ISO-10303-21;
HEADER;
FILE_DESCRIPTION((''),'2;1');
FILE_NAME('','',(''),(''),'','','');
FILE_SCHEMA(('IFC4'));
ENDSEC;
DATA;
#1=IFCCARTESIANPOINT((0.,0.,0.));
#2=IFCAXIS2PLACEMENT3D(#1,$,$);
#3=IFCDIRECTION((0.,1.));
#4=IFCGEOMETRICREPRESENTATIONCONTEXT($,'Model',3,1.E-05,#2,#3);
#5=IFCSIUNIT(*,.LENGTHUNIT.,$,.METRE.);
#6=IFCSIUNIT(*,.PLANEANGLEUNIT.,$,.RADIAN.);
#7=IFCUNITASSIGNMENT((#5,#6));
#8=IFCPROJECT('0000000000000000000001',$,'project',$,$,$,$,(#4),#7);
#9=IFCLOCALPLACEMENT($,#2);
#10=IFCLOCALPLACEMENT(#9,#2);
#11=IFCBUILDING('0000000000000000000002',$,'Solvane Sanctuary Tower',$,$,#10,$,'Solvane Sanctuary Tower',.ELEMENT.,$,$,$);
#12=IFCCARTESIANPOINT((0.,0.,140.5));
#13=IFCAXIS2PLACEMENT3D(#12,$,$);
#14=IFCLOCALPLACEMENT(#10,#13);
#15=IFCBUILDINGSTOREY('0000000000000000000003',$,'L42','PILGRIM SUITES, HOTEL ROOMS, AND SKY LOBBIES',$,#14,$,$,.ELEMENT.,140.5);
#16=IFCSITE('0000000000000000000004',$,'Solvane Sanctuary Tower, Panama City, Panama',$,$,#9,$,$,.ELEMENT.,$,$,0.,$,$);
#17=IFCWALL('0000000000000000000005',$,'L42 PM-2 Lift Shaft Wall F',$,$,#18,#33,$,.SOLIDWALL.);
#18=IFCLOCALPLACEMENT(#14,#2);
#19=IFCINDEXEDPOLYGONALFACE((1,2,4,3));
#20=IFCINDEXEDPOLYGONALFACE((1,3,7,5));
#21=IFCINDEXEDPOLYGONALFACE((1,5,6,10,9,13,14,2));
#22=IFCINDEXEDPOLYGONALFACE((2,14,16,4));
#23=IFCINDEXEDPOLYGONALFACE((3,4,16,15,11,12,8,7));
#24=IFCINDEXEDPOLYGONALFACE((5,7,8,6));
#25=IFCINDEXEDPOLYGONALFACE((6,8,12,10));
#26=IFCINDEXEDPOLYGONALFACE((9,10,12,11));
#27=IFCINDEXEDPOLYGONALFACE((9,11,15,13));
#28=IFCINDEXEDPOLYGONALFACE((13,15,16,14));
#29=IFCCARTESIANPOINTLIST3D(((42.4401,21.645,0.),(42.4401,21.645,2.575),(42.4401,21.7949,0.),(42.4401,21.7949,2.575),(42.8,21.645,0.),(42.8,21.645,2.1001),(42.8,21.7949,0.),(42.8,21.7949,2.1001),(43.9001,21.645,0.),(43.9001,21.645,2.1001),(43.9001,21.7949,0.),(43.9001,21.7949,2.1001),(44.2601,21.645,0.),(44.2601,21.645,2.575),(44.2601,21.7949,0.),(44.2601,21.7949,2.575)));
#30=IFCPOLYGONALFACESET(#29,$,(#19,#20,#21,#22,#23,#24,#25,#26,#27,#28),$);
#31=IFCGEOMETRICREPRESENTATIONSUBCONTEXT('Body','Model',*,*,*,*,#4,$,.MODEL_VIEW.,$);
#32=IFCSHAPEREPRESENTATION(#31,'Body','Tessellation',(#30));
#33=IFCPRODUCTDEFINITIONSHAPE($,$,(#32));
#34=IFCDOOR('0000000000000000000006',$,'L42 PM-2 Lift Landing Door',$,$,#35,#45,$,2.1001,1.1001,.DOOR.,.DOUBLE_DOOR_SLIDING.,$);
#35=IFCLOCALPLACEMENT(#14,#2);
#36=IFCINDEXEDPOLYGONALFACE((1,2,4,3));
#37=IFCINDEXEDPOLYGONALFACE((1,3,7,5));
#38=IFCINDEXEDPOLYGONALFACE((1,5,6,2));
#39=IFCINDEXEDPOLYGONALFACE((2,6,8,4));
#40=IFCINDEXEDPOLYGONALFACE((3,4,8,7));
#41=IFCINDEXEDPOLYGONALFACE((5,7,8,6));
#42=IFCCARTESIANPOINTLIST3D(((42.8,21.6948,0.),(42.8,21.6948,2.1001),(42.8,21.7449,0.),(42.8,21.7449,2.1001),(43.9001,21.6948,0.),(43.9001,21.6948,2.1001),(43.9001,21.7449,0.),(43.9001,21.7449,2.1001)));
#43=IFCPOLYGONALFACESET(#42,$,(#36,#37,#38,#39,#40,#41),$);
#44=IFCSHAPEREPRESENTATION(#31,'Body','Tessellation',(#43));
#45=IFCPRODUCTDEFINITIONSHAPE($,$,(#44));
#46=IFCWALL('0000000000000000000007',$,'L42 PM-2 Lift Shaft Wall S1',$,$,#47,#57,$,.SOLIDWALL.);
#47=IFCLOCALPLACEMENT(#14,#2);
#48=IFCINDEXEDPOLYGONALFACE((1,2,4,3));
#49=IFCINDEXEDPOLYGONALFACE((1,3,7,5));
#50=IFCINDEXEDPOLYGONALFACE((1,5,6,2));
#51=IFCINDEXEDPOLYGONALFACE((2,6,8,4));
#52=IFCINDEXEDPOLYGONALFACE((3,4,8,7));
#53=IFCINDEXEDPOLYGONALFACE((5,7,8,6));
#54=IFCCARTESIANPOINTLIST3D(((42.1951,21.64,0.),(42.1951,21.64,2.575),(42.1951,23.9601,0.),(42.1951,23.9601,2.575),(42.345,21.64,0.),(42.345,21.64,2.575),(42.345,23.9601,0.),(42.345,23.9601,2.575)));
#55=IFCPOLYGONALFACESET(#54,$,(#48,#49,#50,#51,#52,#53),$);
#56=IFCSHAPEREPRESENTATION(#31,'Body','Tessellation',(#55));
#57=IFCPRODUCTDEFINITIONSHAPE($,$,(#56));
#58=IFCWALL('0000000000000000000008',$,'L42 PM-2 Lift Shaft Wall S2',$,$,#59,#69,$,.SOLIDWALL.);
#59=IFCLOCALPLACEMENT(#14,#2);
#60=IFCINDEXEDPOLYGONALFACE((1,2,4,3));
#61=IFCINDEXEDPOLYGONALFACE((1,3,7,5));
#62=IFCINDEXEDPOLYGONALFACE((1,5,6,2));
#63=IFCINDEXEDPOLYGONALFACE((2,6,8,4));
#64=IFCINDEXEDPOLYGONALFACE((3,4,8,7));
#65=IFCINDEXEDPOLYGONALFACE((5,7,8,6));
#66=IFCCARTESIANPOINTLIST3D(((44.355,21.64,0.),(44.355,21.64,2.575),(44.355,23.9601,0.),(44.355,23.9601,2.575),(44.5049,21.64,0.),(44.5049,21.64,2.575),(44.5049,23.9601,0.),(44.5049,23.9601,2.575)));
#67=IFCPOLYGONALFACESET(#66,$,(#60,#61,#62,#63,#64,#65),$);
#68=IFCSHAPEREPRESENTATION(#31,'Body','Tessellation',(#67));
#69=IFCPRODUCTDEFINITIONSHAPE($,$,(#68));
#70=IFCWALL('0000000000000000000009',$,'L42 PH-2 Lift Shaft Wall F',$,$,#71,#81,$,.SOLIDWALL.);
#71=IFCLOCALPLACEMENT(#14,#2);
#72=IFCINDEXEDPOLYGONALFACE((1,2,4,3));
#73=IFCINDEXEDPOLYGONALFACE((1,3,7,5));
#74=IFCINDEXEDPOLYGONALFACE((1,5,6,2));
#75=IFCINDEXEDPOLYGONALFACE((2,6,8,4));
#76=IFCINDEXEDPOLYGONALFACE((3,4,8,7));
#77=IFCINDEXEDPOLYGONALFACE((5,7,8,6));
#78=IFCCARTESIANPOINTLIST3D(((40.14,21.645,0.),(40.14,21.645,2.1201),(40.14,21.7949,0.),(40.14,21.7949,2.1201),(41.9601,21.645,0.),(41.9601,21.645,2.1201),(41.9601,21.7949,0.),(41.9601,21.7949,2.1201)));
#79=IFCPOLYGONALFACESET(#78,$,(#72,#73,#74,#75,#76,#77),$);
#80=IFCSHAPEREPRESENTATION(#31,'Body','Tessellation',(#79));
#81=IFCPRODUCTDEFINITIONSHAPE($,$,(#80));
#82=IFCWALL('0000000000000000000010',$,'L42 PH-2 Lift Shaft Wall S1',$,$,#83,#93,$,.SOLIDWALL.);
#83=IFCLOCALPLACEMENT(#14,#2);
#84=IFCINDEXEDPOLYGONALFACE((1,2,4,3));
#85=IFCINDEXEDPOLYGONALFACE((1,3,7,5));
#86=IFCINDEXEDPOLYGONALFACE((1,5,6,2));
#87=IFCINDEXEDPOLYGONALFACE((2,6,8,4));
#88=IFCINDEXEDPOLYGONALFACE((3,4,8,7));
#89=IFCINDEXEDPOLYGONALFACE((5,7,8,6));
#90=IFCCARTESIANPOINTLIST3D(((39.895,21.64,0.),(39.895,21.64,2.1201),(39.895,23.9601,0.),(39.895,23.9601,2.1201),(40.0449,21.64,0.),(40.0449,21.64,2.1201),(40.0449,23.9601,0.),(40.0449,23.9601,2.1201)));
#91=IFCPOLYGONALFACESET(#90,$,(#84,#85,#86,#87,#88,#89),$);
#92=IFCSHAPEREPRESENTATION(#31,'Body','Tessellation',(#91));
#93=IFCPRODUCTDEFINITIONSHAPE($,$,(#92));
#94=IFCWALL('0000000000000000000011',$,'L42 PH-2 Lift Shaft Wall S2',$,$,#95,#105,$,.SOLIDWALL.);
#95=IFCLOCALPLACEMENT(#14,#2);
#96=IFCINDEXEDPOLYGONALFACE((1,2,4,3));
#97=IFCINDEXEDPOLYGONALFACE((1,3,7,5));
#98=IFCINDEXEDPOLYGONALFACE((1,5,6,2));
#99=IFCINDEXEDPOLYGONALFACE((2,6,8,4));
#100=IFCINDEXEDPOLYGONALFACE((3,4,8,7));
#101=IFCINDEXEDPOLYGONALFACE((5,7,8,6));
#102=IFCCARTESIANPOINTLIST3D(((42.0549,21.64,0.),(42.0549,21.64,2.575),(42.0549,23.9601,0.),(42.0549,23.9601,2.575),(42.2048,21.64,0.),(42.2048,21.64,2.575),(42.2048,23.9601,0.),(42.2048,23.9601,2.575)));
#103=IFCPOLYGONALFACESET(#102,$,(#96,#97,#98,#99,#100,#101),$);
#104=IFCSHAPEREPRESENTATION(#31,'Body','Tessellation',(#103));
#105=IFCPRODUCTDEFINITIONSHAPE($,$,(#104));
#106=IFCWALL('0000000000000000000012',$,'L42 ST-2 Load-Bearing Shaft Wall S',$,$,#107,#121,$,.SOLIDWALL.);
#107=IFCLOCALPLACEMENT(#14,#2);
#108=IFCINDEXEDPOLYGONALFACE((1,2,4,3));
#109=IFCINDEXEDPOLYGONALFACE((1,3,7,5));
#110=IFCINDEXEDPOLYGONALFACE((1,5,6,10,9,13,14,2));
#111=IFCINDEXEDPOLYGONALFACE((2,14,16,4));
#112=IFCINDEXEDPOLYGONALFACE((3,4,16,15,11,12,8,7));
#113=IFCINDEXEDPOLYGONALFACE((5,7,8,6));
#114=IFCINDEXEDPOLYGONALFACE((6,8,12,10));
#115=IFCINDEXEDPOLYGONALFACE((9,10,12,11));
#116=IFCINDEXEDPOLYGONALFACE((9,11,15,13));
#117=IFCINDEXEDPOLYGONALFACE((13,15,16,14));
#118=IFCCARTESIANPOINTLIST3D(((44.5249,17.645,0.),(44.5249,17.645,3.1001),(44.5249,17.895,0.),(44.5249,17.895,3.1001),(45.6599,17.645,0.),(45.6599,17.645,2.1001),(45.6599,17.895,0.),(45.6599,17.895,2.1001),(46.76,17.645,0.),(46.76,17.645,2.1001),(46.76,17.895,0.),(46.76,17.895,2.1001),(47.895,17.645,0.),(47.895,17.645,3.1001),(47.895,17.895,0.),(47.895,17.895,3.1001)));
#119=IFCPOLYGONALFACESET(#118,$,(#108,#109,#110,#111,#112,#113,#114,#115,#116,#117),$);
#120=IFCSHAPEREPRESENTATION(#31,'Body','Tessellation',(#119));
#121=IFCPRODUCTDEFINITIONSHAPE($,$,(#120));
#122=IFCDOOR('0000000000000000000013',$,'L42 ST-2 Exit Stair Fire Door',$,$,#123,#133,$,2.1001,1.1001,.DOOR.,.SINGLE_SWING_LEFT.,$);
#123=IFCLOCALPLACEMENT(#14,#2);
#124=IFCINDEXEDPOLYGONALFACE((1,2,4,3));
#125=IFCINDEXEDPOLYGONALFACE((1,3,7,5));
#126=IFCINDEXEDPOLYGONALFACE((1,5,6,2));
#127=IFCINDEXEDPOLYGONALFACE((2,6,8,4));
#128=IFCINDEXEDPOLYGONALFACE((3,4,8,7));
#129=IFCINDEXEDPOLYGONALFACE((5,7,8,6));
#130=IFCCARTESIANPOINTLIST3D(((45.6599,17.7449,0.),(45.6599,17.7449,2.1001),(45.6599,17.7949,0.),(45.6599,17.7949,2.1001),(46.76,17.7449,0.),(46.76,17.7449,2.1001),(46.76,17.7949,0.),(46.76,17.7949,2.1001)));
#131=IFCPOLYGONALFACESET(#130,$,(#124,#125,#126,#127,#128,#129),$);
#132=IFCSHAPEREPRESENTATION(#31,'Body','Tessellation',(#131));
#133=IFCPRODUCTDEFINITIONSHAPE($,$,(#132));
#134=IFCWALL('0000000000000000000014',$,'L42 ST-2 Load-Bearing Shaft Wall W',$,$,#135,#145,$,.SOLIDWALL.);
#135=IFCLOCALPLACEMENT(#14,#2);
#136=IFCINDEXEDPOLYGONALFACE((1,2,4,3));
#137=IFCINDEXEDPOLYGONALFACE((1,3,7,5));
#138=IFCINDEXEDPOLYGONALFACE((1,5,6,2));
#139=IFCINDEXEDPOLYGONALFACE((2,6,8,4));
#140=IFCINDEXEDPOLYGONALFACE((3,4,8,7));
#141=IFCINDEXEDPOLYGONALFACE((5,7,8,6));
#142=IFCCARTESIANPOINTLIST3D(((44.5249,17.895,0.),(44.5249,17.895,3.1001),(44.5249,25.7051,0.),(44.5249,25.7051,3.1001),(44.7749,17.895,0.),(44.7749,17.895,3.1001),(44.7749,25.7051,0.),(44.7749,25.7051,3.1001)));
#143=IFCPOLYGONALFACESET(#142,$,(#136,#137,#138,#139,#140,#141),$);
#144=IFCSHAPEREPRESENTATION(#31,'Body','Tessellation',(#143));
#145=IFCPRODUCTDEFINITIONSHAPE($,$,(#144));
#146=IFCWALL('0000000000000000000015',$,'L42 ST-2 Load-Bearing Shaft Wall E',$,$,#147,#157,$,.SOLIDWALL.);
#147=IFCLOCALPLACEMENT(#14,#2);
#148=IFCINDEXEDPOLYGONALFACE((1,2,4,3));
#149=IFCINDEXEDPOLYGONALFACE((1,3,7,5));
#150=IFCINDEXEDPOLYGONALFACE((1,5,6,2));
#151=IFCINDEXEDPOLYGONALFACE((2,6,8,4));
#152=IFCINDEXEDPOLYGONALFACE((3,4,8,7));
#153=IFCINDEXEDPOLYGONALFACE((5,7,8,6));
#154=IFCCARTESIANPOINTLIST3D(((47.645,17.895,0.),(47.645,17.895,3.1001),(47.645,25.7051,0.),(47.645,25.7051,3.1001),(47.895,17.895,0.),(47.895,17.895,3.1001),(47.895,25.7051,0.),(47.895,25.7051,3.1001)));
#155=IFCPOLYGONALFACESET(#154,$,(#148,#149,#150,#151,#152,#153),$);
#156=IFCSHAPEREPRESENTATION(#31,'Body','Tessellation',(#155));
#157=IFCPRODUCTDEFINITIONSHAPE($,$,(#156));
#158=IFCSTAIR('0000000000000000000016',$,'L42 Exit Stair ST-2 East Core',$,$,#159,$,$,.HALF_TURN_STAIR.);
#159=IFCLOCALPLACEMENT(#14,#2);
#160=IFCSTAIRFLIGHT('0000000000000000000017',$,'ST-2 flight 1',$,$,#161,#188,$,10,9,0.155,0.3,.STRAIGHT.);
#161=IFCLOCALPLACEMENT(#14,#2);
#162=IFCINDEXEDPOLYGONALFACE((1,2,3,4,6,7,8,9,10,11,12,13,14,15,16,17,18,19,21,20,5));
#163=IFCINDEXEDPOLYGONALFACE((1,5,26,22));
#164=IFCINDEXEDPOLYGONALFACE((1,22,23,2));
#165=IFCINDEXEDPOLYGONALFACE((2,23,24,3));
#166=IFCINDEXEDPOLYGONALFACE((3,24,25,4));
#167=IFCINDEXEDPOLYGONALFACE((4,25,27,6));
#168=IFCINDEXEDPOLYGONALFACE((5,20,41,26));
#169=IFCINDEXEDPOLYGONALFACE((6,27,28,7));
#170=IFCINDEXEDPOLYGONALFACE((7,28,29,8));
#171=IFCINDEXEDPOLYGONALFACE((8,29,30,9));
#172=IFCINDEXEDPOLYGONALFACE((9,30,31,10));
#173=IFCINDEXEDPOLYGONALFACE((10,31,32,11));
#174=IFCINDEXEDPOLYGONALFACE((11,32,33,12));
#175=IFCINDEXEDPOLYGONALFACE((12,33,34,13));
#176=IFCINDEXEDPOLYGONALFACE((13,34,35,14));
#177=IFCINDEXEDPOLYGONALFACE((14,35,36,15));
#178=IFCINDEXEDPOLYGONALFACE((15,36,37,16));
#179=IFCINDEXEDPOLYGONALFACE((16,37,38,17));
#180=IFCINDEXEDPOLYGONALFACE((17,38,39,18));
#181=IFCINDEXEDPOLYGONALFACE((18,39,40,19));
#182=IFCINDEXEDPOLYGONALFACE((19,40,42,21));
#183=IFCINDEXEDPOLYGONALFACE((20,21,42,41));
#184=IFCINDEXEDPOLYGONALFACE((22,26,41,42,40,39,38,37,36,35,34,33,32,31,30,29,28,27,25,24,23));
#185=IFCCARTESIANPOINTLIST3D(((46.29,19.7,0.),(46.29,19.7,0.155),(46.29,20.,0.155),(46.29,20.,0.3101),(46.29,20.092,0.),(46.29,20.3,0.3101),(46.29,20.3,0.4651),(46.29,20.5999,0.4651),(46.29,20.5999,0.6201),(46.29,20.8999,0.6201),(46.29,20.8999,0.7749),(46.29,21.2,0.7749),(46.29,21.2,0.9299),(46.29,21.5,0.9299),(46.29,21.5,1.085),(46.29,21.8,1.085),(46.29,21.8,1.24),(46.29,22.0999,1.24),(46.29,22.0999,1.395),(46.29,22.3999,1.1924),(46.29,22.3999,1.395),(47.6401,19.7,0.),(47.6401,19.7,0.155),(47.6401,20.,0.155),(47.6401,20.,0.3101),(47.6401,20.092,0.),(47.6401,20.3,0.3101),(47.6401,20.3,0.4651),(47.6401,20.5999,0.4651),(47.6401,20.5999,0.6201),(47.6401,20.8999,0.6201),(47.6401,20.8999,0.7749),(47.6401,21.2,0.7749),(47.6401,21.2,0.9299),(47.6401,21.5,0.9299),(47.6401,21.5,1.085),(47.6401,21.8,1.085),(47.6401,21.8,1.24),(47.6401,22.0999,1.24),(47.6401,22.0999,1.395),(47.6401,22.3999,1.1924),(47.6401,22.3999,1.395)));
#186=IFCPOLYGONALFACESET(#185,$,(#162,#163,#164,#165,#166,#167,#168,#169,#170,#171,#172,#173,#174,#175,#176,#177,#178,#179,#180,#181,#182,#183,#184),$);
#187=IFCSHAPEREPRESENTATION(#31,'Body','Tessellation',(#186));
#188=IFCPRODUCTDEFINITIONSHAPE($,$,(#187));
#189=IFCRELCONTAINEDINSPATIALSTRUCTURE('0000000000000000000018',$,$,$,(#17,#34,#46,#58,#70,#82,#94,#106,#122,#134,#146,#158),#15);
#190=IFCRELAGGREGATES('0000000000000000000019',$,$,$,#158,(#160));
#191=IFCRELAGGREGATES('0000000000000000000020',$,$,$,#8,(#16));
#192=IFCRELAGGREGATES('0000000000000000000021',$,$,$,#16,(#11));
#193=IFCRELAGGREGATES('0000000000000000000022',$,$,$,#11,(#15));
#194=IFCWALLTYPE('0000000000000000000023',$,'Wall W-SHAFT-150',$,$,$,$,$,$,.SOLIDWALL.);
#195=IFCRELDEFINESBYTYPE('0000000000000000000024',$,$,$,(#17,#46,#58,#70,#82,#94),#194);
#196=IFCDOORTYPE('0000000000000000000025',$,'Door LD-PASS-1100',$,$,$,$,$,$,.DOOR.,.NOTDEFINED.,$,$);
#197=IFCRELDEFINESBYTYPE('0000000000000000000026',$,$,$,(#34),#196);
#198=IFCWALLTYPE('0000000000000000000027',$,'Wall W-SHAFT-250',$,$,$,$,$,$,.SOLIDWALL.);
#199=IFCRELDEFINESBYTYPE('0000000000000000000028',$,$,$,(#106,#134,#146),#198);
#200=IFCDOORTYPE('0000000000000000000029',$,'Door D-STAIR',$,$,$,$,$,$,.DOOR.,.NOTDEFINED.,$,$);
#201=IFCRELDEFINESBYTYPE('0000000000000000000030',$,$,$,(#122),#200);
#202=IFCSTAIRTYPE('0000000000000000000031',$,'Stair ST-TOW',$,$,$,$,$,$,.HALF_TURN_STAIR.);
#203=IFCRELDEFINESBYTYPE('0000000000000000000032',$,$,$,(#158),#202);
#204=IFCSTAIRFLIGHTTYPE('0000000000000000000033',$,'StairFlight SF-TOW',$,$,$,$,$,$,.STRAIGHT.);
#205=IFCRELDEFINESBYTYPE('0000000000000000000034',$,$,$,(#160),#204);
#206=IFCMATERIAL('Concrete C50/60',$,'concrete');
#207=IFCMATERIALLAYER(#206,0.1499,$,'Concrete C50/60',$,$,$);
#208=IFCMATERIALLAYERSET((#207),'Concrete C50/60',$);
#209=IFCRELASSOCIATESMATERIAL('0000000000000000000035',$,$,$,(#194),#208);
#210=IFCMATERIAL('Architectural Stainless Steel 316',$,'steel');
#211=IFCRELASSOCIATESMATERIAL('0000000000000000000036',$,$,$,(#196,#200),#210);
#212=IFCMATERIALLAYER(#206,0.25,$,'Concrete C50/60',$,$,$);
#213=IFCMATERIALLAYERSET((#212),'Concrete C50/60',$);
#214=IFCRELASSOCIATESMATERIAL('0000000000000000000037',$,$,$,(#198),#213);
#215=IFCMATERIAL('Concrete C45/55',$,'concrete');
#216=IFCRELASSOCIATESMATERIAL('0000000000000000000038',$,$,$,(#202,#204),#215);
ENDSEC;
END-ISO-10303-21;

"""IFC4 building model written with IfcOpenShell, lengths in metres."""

from ifc_helpers import new_model, si_unit, direction, frame, frame_2d, origin, place, context, subcontext, project, spatial, polyline, rectangle, outline, extrude, material, layer, layer_set, type_object, element, fill, aggregate, save


model = new_model("IFC4")

# Units and contexts
model_context = context("Model", 3, precision=1e-05, world=origin(), true_north=direction((0.0, 1.0)))
body_context = subcontext(model_context, "Body", "Model", "MODEL_VIEW")
ifc_project = project(units=[si_unit("LENGTHUNIT", "METRE"), si_unit("PLANEANGLEUNIT", "RADIAN")], contexts=[model_context])

# Site, building, storey
site_placement = place(None, origin())
site = spatial("IfcSite", under=ifc_project, at=site_placement, Name="Solvane Sanctuary Tower, Panama City, Panama", CompositionType="ELEMENT", RefElevation=0.0)
building_placement = place(site_placement, origin())
building = spatial("IfcBuilding", under=site, at=building_placement, Name="Solvane Sanctuary Tower", LongName="Solvane Sanctuary Tower", CompositionType="ELEMENT")
storey_placement = place(building_placement, frame((0.0, 0.0, 140.5)))
storey = spatial("IfcBuildingStorey", under=building, at=storey_placement, Name="L42", Description="PILGRIM SUITES, HOTEL ROOMS, AND SKY LOBBIES", CompositionType="ELEMENT", Elevation=140.5)

# Shared definitions
ifc_material_1 = material(Name="Architectural Stainless Steel 316", Category="steel")

# Wall, opening, door
ifc_material_2 = material(Name="Concrete C50/60", Category="concrete")
ifc_layer_1 = layer(ifc_material_2, 0.1499, Name="Concrete C50/60")
ifc_layer_set_1 = layer_set([ifc_layer_1], Name="Concrete C50/60")
wall_type_1 = type_object("IfcWallType", Name="Wall W-SHAFT-150", PredefinedType="SOLIDWALL", material=ifc_layer_set_1)
wall_1_placement = place(storey_placement, frame((42.4399, 21.72, 0.0), z_axis=(0.0, 0.0, 1.0), x_axis=(1.0, 0.0, 0.0)))
wall_1 = element("IfcWall", 1, at=wall_1_placement, inside=storey, type_object=wall_type_1, Name="L42 PM-2 Lift Shaft Wall F", PredefinedType="SOLIDWALL", context=body_context, shape_type="SweptSolid", body=[
    extrude(rectangle(XDim=1.8201, YDim=0.1499, at=frame_2d((0.9102, 0.0))), origin(), (0.0, 0.0, 1.0), 2.575),
])
opening_1_placement = place(wall_1_placement, frame((0.3601, 0.0, 0.0)))
opening_1 = element("IfcOpeningElement", 2, at=opening_1_placement, cuts=wall_1, PredefinedType="OPENING", context=body_context, shape_type="SweptSolid", body=[
    extrude(rectangle(XDim=1.1001, YDim=2.1001, at=frame_2d((0.55, 1.05))), frame((0.0, 0.085, 0.0), z_axis=(0.0, -1.0, 0.0), x_axis=(1.0, 0.0, 0.0)), (0.0, 0.0, 1.0), 0.1699),
])
door_type_1 = type_object("IfcDoorType", Name="Door LD-PASS-1100", OperationType="NOTDEFINED", PredefinedType="DOOR", material=ifc_material_1)
door_1_placement = place(opening_1_placement, origin())
door_1 = element("IfcDoor", 3, at=door_1_placement, inside=storey, type_object=door_type_1, Name="L42 PM-2 Lift Landing Door", OperationType="DOUBLE_DOOR_SLIDING", OverallHeight=2.1001, OverallWidth=1.1001, PredefinedType="DOOR", context=body_context, shape_type="SweptSolid", body=[
    extrude(rectangle(XDim=1.1001, YDim=2.1001, at=frame_2d((0.55, 1.05))), frame((0.0, 0.0249, 0.0), z_axis=(0.0, -1.0, 0.0), x_axis=(1.0, 0.0, 0.0)), (0.0, 0.0, 1.0), 0.05),
])
fill(opening_1, door_1)

# Walls
for number, where, z_axis, x_axis, name in (
    (4, (42.27, 21.6399, 0.0), (0.0, 0.0, 1.0), (0.0, 1.0, 0.0), "L42 PM-2 Lift Shaft Wall S1"),
    (5, (44.4299, 21.6399, 0.0), (0.0, 0.0, 1.0), (0.0, 1.0, 0.0), "L42 PM-2 Lift Shaft Wall S2"),
):
    element("IfcWall", number, at=place(storey_placement, frame(where, z_axis=z_axis, x_axis=x_axis)), inside=storey, type_object=wall_type_1, Name=name, PredefinedType="SOLIDWALL", context=body_context, shape_type="SweptSolid", body=[
        extrude(rectangle(XDim=2.3201, YDim=0.1499, at=frame_2d((1.1602, 0.0))), origin(), (0.0, 0.0, 1.0), 2.575),
    ])
wall_2_placement = place(storey_placement, frame((40.1399, 21.72, 0.0), z_axis=(0.0, 0.0, 1.0), x_axis=(1.0, 0.0, 0.0)))
element("IfcWall", 6, at=wall_2_placement, inside=storey, type_object=wall_type_1, Name="L42 PH-2 Lift Shaft Wall F", PredefinedType="SOLIDWALL", context=body_context, shape_type="SweptSolid", body=[
    extrude(rectangle(XDim=1.8201, YDim=0.1499, at=frame_2d((0.9102, 0.0))), origin(), (0.0, 0.0, 1.0), 2.1201),
])
wall_3_placement = place(storey_placement, frame((39.97, 21.6399, 0.0), z_axis=(0.0, 0.0, 1.0), x_axis=(0.0, 1.0, 0.0)))
element("IfcWall", 7, at=wall_3_placement, inside=storey, type_object=wall_type_1, Name="L42 PH-2 Lift Shaft Wall S1", PredefinedType="SOLIDWALL", context=body_context, shape_type="SweptSolid", body=[
    extrude(rectangle(XDim=2.3201, YDim=0.1499, at=frame_2d((1.1602, 0.0))), origin(), (0.0, 0.0, 1.0), 2.1201),
])
wall_4_placement = place(storey_placement, frame((42.1299, 21.6399, 0.0), z_axis=(0.0, 0.0, 1.0), x_axis=(0.0, 1.0, 0.0)))
element("IfcWall", 8, at=wall_4_placement, inside=storey, type_object=wall_type_1, Name="L42 PH-2 Lift Shaft Wall S2", PredefinedType="SOLIDWALL", context=body_context, shape_type="SweptSolid", body=[
    extrude(rectangle(XDim=2.3201, YDim=0.1499, at=frame_2d((1.1602, 0.0))), origin(), (0.0, 0.0, 1.0), 2.575),
])

# Wall, opening, door
ifc_layer_2 = layer(ifc_material_2, 0.25, Name="Concrete C50/60")
ifc_layer_set_2 = layer_set([ifc_layer_2], Name="Concrete C50/60")
wall_type_2 = type_object("IfcWallType", Name="Wall W-SHAFT-250", PredefinedType="SOLIDWALL", material=ifc_layer_set_2)
wall_5_placement = place(storey_placement, frame((44.5249, 17.77, 0.0), z_axis=(0.0, 0.0, 1.0), x_axis=(1.0, 0.0, 0.0)))
wall_5 = element("IfcWall", 9, at=wall_5_placement, inside=storey, type_object=wall_type_2, Name="L42 ST-2 Load-Bearing Shaft Wall S", PredefinedType="SOLIDWALL", context=body_context, shape_type="SweptSolid", body=[
    extrude(rectangle(XDim=3.3701, YDim=0.25, at=frame_2d((1.6851, 0.0))), origin(), (0.0, 0.0, 1.0), 3.1001),
])
opening_2_placement = place(wall_5_placement, frame((1.135, 0.0, 0.0)))
opening_2 = element("IfcOpeningElement", 10, at=opening_2_placement, cuts=wall_5, PredefinedType="OPENING", context=body_context, shape_type="SweptSolid", body=[
    extrude(rectangle(XDim=1.1001, YDim=2.1001, at=frame_2d((0.55, 1.05))), frame((0.0, 0.135, 0.0), z_axis=(0.0, -1.0, 0.0), x_axis=(1.0, 0.0, 0.0)), (0.0, 0.0, 1.0), 0.27),
])
door_type_2 = type_object("IfcDoorType", Name="Door D-STAIR", OperationType="NOTDEFINED", PredefinedType="DOOR", material=ifc_material_1)
door_2_placement = place(opening_2_placement, origin())
door_2 = element("IfcDoor", 11, at=door_2_placement, inside=storey, type_object=door_type_2, Name="L42 ST-2 Exit Stair Fire Door", OperationType="SINGLE_SWING_LEFT", OverallHeight=2.1001, OverallWidth=1.1001, PredefinedType="DOOR", context=body_context, shape_type="SweptSolid", body=[
    extrude(rectangle(XDim=1.1001, YDim=2.1001, at=frame_2d((0.55, 1.05))), frame((0.0, 0.0249, 0.0), z_axis=(0.0, -1.0, 0.0), x_axis=(1.0, 0.0, 0.0)), (0.0, 0.0, 1.0), 0.05),
])
fill(opening_2, door_2)

# Walls
for number, where, z_axis, x_axis, name in (
    (12, (44.6499, 17.895, 0.0), (0.0, 0.0, 1.0), (0.0, 1.0, 0.0), "L42 ST-2 Load-Bearing Shaft Wall W"),
    (13, (47.77, 17.895, 0.0), (0.0, 0.0, 1.0), (0.0, 1.0, 0.0), "L42 ST-2 Load-Bearing Shaft Wall E"),
):
    element("IfcWall", number, at=place(storey_placement, frame(where, z_axis=z_axis, x_axis=x_axis)), inside=storey, type_object=wall_type_2, Name=name, PredefinedType="SOLIDWALL", context=body_context, shape_type="SweptSolid", body=[
        extrude(rectangle(XDim=7.8101, YDim=0.25, at=frame_2d((3.905, 0.0))), origin(), (0.0, 0.0, 1.0), 3.1001),
    ])

# Stair, stair flight
ifc_material_3 = material(Name="Concrete C45/55", Category="concrete")
stair_type = type_object("IfcStairType", Name="Stair ST-TOW", PredefinedType="HALF_TURN_STAIR", material=ifc_material_3)
stair_placement = place(storey_placement, origin())
stair = element("IfcStair", 14, at=stair_placement, inside=storey, type_object=stair_type, Name="L42 Exit Stair ST-2 East Core", PredefinedType="HALF_TURN_STAIR")
stair_flight_type = type_object("IfcStairFlightType", Name="StairFlight SF-TOW", PredefinedType="STRAIGHT", material=ifc_material_3)
stair_flight_placement = place(storey_placement, frame((46.9651, 19.7, 0.0), z_axis=(0.0, 0.0, 1.0), x_axis=(0.0, 1.0, 0.0)))
stair_flight = element("IfcStairFlight", 15, at=stair_flight_placement, type_object=stair_flight_type, Name="ST-2 flight 1", NumberOfRisers=10, NumberOfTreads=9, PredefinedType="STRAIGHT", RiserHeight=0.155, TreadLength=0.3, context=body_context, shape_type="SweptSolid", body=[
    extrude(outline(polyline([(0.0, 0.0), (0.0, 0.155), (0.3, 0.155), (0.3, 0.3101), (0.6001, 0.3101), (0.6001, 0.4651), (0.8999, 0.4651), (0.8999, 0.6201), (1.2, 0.6201), (1.2, 0.7749), (1.5, 0.7749), (1.5, 0.9299), (1.8, 0.9299), (1.8, 1.085), (2.1001, 1.085), (2.1001, 1.24), (2.3999, 1.24), (2.3999, 1.395), (2.7, 1.395), (2.7, 1.55), (2.7, 1.1924), (0.3921, 0.0), (0.0, 0.0)])), frame((0.0, 0.675, 0.0), z_axis=(0.0, -1.0, 0.0), x_axis=(1.0, 0.0, 0.0)), (0.0, 0.0, 1.0), 1.3501),
])
aggregate(stair, [stair_flight])

save(model, "model.ifc")
